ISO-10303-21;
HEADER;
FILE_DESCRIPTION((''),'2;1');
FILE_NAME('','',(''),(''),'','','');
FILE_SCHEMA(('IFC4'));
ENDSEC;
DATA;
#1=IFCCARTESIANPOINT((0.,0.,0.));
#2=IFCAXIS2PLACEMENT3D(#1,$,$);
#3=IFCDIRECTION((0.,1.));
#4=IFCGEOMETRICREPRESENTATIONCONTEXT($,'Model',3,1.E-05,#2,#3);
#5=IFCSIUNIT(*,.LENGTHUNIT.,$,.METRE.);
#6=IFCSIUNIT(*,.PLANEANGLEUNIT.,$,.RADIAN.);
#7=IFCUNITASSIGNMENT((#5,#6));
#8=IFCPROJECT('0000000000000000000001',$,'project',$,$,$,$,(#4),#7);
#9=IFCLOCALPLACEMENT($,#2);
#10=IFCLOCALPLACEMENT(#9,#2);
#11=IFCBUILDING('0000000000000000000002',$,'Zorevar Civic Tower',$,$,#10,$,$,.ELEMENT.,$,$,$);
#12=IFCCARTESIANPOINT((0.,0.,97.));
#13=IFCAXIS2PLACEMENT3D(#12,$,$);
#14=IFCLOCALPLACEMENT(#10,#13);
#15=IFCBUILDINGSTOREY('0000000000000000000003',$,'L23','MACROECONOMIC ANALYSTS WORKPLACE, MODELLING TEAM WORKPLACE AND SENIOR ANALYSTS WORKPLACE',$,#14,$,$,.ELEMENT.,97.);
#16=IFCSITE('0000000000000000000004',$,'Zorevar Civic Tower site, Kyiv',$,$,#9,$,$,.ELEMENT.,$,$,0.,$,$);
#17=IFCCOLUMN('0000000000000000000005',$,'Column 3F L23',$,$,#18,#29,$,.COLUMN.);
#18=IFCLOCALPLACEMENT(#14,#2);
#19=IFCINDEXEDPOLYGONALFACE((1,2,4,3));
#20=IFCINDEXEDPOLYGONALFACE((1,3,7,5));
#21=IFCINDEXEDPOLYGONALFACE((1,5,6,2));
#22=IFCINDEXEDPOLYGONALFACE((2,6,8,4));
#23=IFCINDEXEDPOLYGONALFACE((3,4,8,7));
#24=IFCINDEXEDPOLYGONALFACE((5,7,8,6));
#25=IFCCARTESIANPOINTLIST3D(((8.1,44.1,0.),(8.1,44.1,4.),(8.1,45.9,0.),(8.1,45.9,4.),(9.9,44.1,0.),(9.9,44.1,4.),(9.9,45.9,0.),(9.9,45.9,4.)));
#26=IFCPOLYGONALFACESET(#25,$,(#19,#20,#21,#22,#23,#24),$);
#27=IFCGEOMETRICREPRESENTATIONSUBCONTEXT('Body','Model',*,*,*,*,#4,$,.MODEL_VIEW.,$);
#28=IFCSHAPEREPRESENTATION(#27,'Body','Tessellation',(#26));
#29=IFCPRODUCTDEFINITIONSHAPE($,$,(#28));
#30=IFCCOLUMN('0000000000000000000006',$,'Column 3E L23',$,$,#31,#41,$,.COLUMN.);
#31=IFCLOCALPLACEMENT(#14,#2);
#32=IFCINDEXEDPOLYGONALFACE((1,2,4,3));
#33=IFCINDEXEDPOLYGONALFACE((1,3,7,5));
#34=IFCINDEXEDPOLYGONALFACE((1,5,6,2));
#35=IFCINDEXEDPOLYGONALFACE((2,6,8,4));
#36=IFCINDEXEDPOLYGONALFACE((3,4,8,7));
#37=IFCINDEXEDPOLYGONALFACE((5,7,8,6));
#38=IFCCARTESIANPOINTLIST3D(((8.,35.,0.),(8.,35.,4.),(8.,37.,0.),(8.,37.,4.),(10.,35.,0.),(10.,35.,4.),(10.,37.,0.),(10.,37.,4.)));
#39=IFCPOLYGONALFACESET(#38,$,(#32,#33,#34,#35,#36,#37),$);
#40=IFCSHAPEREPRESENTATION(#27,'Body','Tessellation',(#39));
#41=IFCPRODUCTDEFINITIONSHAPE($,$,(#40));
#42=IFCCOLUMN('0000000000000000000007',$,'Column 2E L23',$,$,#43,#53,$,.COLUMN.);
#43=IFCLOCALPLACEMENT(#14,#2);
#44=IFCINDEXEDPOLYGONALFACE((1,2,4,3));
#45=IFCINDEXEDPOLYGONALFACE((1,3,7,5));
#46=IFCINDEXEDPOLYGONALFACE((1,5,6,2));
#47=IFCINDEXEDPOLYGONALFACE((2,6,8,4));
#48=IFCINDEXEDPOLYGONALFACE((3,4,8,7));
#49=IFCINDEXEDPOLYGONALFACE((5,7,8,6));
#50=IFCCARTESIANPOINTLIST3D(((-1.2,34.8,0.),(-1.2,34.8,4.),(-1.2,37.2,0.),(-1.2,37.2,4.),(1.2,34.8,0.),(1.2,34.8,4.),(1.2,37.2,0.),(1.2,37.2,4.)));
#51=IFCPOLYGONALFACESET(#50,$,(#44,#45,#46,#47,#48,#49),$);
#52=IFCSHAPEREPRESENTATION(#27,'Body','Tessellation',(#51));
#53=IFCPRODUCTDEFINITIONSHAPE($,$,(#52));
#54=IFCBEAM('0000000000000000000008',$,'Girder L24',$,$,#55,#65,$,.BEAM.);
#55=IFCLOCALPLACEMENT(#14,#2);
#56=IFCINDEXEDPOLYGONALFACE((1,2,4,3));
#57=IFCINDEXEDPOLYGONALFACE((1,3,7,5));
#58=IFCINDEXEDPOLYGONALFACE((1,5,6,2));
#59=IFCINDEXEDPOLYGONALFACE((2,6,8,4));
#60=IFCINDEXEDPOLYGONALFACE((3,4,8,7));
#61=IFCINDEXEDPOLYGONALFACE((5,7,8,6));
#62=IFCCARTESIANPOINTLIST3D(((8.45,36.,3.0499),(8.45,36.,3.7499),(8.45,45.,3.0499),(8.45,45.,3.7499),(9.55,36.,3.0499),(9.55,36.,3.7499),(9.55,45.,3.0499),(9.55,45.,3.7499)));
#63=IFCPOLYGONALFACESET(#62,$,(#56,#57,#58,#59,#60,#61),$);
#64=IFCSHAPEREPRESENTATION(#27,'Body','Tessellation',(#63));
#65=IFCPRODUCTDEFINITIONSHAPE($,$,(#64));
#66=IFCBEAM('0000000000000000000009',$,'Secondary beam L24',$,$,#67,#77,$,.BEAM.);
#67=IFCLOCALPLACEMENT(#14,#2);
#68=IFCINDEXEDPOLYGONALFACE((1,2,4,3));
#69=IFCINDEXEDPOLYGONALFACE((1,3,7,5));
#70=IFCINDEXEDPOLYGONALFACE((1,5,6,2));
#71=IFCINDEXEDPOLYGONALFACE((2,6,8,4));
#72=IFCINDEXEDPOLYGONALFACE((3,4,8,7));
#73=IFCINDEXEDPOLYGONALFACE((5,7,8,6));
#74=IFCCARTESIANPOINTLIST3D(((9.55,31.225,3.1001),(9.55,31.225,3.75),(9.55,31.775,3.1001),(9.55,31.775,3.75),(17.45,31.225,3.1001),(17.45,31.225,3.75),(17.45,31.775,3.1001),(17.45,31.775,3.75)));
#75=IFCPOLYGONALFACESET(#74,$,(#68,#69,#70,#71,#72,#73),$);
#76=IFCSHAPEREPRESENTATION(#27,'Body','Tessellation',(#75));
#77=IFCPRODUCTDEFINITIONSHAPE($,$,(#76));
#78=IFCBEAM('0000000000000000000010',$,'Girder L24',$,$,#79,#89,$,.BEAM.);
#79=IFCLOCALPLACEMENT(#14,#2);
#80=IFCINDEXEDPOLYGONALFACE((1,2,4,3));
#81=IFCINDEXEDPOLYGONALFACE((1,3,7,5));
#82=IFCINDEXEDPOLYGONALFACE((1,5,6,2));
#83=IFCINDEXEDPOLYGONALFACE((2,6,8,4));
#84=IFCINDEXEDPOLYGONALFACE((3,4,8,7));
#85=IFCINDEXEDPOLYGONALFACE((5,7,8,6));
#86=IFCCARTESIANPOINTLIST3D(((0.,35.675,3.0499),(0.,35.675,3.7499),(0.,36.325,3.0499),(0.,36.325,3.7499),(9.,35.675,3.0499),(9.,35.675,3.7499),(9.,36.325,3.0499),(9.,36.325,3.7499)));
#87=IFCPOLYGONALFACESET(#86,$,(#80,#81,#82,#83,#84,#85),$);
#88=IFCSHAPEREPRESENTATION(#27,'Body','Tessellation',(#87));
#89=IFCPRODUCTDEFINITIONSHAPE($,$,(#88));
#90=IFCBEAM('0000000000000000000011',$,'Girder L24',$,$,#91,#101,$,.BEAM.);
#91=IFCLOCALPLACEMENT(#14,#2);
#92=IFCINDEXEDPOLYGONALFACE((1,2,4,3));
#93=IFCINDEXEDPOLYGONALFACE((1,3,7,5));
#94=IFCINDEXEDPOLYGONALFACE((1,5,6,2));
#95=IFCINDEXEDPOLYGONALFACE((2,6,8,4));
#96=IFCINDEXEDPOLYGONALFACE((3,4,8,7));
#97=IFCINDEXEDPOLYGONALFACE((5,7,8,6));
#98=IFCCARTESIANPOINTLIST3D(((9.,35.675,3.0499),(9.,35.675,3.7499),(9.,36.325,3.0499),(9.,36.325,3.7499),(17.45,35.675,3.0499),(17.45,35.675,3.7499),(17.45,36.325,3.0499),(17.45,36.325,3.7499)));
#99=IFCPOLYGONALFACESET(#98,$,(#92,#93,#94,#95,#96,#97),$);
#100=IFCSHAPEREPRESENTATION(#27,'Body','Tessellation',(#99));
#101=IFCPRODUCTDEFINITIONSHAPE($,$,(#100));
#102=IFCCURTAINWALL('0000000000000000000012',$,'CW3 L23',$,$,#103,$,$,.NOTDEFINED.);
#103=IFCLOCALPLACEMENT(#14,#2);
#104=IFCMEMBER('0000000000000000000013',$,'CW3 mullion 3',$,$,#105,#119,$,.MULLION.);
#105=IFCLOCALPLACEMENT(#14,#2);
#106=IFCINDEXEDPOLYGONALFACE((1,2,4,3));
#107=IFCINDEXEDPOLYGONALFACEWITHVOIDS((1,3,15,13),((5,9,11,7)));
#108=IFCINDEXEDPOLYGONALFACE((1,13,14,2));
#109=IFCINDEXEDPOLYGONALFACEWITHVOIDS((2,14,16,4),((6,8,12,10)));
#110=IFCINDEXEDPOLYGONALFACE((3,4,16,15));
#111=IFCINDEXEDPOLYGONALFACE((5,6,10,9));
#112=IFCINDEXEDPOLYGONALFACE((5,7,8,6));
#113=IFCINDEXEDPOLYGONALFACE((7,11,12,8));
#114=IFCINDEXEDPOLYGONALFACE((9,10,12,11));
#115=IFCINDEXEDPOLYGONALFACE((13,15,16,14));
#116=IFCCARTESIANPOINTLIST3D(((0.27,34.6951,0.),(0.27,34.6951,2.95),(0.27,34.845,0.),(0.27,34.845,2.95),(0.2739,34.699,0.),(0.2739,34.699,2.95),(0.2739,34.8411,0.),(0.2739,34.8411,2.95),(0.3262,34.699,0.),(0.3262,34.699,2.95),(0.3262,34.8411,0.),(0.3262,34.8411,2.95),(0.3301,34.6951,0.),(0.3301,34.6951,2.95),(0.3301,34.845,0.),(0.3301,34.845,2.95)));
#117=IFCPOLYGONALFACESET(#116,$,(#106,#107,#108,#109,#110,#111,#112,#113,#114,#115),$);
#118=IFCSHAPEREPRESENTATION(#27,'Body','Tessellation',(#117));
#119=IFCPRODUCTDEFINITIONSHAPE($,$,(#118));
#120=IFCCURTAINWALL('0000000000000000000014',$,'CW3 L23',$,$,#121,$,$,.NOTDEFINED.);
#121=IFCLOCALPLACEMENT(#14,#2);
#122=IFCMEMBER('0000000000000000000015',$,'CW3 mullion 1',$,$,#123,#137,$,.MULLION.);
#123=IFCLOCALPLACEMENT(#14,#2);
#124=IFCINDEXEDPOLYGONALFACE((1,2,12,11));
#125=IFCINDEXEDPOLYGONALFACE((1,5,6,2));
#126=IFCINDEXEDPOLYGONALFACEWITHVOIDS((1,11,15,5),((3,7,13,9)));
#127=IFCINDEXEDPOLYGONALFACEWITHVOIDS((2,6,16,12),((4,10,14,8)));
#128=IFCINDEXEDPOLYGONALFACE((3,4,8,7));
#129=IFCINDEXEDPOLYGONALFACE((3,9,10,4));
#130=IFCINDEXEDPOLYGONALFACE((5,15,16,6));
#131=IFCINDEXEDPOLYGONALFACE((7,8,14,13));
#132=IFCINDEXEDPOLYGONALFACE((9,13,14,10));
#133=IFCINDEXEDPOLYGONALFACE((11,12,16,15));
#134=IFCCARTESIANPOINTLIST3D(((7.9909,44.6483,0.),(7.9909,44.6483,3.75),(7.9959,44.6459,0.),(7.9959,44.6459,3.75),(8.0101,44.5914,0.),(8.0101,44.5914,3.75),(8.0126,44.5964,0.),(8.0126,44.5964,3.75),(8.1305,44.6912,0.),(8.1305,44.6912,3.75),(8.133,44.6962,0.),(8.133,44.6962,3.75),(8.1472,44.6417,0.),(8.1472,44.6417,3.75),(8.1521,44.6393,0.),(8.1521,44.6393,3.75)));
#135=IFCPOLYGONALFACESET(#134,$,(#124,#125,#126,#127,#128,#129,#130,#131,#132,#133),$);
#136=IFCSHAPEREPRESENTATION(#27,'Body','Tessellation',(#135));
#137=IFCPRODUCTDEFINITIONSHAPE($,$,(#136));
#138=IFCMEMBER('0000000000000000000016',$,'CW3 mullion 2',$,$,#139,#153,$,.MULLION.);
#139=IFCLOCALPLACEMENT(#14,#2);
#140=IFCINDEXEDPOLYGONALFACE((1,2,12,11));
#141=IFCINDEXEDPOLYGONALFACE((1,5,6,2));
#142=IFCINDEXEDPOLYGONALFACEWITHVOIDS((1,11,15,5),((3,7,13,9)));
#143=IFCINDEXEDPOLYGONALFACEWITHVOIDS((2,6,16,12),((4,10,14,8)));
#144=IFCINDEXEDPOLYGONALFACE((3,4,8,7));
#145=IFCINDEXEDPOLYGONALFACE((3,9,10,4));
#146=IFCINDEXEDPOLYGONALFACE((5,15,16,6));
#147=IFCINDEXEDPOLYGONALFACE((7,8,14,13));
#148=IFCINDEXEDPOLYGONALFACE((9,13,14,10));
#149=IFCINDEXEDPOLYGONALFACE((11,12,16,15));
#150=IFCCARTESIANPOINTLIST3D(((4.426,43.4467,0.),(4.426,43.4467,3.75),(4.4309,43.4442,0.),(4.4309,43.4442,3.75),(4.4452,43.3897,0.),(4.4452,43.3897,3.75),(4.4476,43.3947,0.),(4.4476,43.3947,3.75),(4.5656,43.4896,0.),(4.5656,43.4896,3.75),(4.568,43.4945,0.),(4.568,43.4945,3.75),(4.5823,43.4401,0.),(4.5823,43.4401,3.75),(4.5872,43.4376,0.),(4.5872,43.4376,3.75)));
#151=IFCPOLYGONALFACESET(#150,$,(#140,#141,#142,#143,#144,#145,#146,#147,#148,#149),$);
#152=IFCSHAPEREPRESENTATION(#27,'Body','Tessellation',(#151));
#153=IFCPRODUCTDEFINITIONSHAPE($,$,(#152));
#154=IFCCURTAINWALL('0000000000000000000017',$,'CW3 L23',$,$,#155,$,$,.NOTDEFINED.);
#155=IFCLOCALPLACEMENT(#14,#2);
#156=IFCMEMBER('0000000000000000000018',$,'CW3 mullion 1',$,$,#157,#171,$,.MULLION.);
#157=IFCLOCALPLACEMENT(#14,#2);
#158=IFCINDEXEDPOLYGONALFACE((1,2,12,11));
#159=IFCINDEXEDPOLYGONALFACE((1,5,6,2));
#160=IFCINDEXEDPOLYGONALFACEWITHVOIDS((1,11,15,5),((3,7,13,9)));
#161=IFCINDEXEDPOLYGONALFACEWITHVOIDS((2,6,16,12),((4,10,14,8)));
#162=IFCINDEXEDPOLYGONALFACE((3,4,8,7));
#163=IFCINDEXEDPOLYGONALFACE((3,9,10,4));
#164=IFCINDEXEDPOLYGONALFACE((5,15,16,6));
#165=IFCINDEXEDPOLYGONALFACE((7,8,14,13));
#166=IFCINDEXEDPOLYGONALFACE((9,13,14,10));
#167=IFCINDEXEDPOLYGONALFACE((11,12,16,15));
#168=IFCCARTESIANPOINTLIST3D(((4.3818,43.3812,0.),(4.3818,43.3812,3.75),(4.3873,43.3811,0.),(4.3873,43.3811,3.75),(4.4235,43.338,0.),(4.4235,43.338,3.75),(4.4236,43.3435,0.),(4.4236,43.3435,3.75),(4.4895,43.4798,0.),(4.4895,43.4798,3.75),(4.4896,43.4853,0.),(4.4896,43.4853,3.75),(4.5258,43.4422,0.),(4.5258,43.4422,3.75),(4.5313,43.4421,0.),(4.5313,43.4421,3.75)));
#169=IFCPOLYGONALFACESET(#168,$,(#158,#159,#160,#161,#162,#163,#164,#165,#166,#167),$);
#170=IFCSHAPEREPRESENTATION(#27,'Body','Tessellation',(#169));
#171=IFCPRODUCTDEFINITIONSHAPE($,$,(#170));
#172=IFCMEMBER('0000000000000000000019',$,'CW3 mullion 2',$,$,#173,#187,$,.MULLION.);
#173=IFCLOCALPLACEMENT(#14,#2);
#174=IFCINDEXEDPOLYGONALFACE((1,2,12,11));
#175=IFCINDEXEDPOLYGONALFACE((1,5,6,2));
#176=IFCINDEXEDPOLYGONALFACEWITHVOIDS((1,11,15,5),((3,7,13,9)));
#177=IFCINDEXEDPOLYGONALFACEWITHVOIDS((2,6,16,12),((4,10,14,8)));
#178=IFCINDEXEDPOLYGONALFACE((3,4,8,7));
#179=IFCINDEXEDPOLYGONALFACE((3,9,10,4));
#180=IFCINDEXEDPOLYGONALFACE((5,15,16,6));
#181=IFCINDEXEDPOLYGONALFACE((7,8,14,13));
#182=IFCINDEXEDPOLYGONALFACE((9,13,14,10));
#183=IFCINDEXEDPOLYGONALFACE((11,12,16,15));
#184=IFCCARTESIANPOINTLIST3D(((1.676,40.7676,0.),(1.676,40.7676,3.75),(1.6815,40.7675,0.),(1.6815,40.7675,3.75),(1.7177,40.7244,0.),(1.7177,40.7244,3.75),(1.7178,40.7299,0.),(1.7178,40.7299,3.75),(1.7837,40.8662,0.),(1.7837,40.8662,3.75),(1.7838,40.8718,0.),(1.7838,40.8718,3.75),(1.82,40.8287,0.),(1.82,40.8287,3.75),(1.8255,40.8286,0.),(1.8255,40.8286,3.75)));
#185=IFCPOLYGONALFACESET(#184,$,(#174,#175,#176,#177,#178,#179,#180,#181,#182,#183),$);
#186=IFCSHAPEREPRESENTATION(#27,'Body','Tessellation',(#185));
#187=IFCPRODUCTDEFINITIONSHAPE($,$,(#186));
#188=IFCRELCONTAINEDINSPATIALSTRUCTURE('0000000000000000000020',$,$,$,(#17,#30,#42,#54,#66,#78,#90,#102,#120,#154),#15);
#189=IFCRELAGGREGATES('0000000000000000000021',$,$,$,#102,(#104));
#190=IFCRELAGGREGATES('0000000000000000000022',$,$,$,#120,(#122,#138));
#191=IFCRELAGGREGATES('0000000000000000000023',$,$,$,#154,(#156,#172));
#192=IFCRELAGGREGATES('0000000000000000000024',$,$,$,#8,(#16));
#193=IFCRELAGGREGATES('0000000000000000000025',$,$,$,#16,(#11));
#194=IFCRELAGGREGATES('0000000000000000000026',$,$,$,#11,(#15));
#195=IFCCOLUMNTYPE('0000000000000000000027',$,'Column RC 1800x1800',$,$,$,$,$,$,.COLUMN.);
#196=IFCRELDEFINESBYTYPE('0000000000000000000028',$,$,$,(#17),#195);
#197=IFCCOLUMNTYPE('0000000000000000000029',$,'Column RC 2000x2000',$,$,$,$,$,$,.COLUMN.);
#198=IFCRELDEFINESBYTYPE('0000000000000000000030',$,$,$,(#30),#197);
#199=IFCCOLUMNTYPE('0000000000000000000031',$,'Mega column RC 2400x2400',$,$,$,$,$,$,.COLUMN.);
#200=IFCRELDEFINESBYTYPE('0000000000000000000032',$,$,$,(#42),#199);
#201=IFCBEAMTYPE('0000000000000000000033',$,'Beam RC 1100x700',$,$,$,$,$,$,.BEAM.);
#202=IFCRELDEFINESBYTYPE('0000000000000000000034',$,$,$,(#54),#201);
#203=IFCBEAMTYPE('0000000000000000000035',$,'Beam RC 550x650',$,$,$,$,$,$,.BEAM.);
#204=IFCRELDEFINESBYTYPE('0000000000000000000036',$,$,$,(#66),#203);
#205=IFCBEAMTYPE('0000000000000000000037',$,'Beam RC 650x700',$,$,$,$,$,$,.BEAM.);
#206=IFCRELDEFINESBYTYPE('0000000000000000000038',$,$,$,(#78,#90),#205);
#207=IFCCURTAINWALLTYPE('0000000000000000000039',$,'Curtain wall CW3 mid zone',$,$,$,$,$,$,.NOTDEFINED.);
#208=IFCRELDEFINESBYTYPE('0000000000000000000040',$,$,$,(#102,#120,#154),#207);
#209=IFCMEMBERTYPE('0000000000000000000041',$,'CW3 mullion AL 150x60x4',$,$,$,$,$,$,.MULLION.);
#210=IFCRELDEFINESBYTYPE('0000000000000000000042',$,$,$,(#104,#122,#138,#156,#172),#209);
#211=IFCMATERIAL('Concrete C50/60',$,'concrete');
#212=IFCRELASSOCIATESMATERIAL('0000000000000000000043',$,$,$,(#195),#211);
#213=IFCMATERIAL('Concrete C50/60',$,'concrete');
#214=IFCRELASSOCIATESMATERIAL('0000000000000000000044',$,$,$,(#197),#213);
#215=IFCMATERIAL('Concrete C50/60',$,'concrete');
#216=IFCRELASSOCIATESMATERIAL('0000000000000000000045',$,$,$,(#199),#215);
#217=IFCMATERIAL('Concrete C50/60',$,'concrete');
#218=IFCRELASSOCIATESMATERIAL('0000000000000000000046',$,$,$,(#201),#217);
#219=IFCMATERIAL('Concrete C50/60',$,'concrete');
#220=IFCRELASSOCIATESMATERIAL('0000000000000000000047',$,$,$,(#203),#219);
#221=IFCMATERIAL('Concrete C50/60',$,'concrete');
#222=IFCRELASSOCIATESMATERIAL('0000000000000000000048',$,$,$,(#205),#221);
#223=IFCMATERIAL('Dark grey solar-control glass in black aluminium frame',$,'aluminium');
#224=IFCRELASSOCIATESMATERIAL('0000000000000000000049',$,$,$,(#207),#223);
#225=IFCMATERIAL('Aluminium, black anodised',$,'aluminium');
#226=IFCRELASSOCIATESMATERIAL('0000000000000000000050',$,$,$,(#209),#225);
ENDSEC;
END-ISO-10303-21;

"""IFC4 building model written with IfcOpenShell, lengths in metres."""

from ifc_helpers import new_model, si_unit, direction, frame, origin, origin_2d, place, context, subcontext, project, spatial, rectangle, hollow_rectangle, extrude, material, material_profile, profile_set, type_object, element, aggregate, save


model = new_model("IFC4")

# Units and contexts
model_context = context("Model", 3, precision=1e-05, world=origin(), true_north=direction((0.0, 1.0)))
body_context = subcontext(model_context, "Body", "Model", "MODEL_VIEW")
ifc_project = project(units=[si_unit("LENGTHUNIT", "METRE"), si_unit("PLANEANGLEUNIT", "RADIAN")], contexts=[model_context])

# Site, building, storey
site_placement = place(None, origin())
site = spatial("IfcSite", under=ifc_project, at=site_placement, Name="Zorevar Civic Tower site, Kyiv", CompositionType="ELEMENT", RefElevation=0.0)
building_placement = place(site_placement, origin())
building = spatial("IfcBuilding", under=site, at=building_placement, Name="Zorevar Civic Tower", CompositionType="ELEMENT")
storey_placement = place(building_placement, frame((0.0, 0.0, 97.0)))
storey = spatial("IfcBuildingStorey", under=building, at=storey_placement, Name="L23", Description="MACROECONOMIC ANALYSTS WORKPLACE, MODELLING TEAM WORKPLACE AND SENIOR ANALYSTS WORKPLACE", CompositionType="ELEMENT", Elevation=97.0)

# Columns
ifc_material_1 = material(Name="Concrete C50/60", Category="concrete")
ifc_material_profile_1 = material_profile(ifc_material_1, rectangle(XDim=1.8, YDim=1.8, at=origin_2d()), Name="RC 1800x1800")
ifc_profile_set_1 = profile_set([ifc_material_profile_1], Name="Concrete C50/60")
column_type_1 = type_object("IfcColumnType", Name="Column RC 1800x1800", PredefinedType="COLUMN", material=ifc_profile_set_1)
column_1_placement = place(storey_placement, frame((9.0, 45.0, 0.0), z_axis=(0.0, 0.0, 1.0), x_axis=(1.0, 0.0, 0.0)))
element("IfcColumn", 1, at=column_1_placement, inside=storey, type_object=column_type_1, Name="Column 3F L23", PredefinedType="COLUMN", context=body_context, shape_type="SweptSolid", body=[
    extrude(rectangle(XDim=1.8, YDim=1.8, at=origin_2d()), origin(), (0.0, 0.0, 1.0), 4.0),
])
ifc_material_2 = material(Name="Concrete C50/60", Category="concrete")
ifc_material_profile_2 = material_profile(ifc_material_2, rectangle(XDim=2.0, YDim=2.0, at=origin_2d()), Name="RC 2000x2000")
ifc_profile_set_2 = profile_set([ifc_material_profile_2], Name="Concrete C50/60")
column_type_2 = type_object("IfcColumnType", Name="Column RC 2000x2000", PredefinedType="COLUMN", material=ifc_profile_set_2)
column_2_placement = place(storey_placement, frame((9.0, 36.0, 0.0), z_axis=(0.0, 0.0, 1.0), x_axis=(1.0, 0.0, 0.0)))
element("IfcColumn", 2, at=column_2_placement, inside=storey, type_object=column_type_2, Name="Column 3E L23", PredefinedType="COLUMN", context=body_context, shape_type="SweptSolid", body=[
    extrude(rectangle(XDim=2.0, YDim=2.0, at=origin_2d()), origin(), (0.0, 0.0, 1.0), 4.0),
])
ifc_material_3 = material(Name="Concrete C50/60", Category="concrete")
ifc_material_profile_3 = material_profile(ifc_material_3, rectangle(XDim=2.3999, YDim=2.3999, at=origin_2d()), Name="RC 2400x2400")
ifc_profile_set_3 = profile_set([ifc_material_profile_3], Name="Concrete C50/60")
column_type_3 = type_object("IfcColumnType", Name="Mega column RC 2400x2400", PredefinedType="COLUMN", material=ifc_profile_set_3)
column_3_placement = place(storey_placement, frame((0.0, 36.0, 0.0), z_axis=(0.0, 0.0, 1.0), x_axis=(1.0, 0.0, 0.0)))
element("IfcColumn", 3, at=column_3_placement, inside=storey, type_object=column_type_3, Name="Column 2E L23", PredefinedType="COLUMN", context=body_context, shape_type="SweptSolid", body=[
    extrude(rectangle(XDim=2.3999, YDim=2.3999, at=origin_2d()), origin(), (0.0, 0.0, 1.0), 4.0),
])

# Beams
ifc_material_4 = material(Name="Concrete C50/60", Category="concrete")
ifc_material_profile_4 = material_profile(ifc_material_4, rectangle(XDim=1.1001, YDim=0.7, at=origin_2d()), Name="RC 1100x700")
ifc_profile_set_4 = profile_set([ifc_material_profile_4], Name="Concrete C50/60")
beam_type_1 = type_object("IfcBeamType", Name="Beam RC 1100x700", PredefinedType="BEAM", material=ifc_profile_set_4)
beam_1_placement = place(storey_placement, frame((9.0, 36.0, 3.3999), z_axis=(0.0, 1.0, 0.0), x_axis=(-1.0, 0.0, 0.0)))
element("IfcBeam", 4, at=beam_1_placement, inside=storey, type_object=beam_type_1, Name="Girder L24", PredefinedType="BEAM", context=body_context, shape_type="SweptSolid", body=[
    extrude(rectangle(XDim=1.1001, YDim=0.7, at=origin_2d()), origin(), (0.0, 0.0, 1.0), 9.0),
])
ifc_material_5 = material(Name="Concrete C50/60", Category="concrete")
ifc_material_profile_5 = material_profile(ifc_material_5, rectangle(XDim=0.55, YDim=0.6499, at=origin_2d()), Name="RC 550x650")
ifc_profile_set_5 = profile_set([ifc_material_profile_5], Name="Concrete C50/60")
beam_type_2 = type_object("IfcBeamType", Name="Beam RC 550x650", PredefinedType="BEAM", material=ifc_profile_set_5)
beam_2_placement = place(storey_placement, frame((9.55, 31.5, 3.425), z_axis=(1.0, 0.0, 0.0), x_axis=(0.0, 1.0, 0.0)))
element("IfcBeam", 5, at=beam_2_placement, inside=storey, type_object=beam_type_2, Name="Secondary beam L24", PredefinedType="BEAM", context=body_context, shape_type="SweptSolid", body=[
    extrude(rectangle(XDim=0.55, YDim=0.6499, at=origin_2d()), origin(), (0.0, 0.0, 1.0), 7.8999),
])
ifc_material_6 = material(Name="Concrete C50/60", Category="concrete")
ifc_material_profile_6 = material_profile(ifc_material_6, rectangle(XDim=0.6499, YDim=0.7, at=origin_2d()), Name="RC 650x700")
ifc_profile_set_6 = profile_set([ifc_material_profile_6], Name="Concrete C50/60")
beam_type_3 = type_object("IfcBeamType", Name="Beam RC 650x700", PredefinedType="BEAM", material=ifc_profile_set_6)
beam_3_placement = place(storey_placement, frame((0.0, 36.0, 3.3999), z_axis=(1.0, 0.0, 0.0), x_axis=(0.0, 1.0, 0.0)))
element("IfcBeam", 6, at=beam_3_placement, inside=storey, type_object=beam_type_3, Name="Girder L24", PredefinedType="BEAM", context=body_context, shape_type="SweptSolid", body=[
    extrude(rectangle(XDim=0.6499, YDim=0.7, at=origin_2d()), origin(), (0.0, 0.0, 1.0), 9.0),
])
beam_4_placement = place(storey_placement, frame((9.0, 36.0, 3.3999), z_axis=(1.0, 0.0, 0.0), x_axis=(0.0, 1.0, 0.0)))
element("IfcBeam", 7, at=beam_4_placement, inside=storey, type_object=beam_type_3, Name="Girder L24", PredefinedType="BEAM", context=body_context, shape_type="SweptSolid", body=[
    extrude(rectangle(XDim=0.6499, YDim=0.7, at=origin_2d()), origin(), (0.0, 0.0, 1.0), 8.45),
])

# Curtain wall, member
ifc_material_7 = material(Name="Dark grey solar-control glass in black aluminium frame", Category="aluminium")
curtain_wall_type = type_object("IfcCurtainWallType", Name="Curtain wall CW3 mid zone", PredefinedType="NOTDEFINED", material=ifc_material_7)
curtain_wall_1_placement = place(storey_placement, origin())
curtain_wall_1 = element("IfcCurtainWall", 8, at=curtain_wall_1_placement, inside=storey, type_object=curtain_wall_type, Name="CW3 L23", PredefinedType="NOTDEFINED")
ifc_material_8 = material(Name="Aluminium, black anodised", Category="aluminium")
ifc_material_profile_7 = material_profile(ifc_material_8, hollow_rectangle(XDim=0.0601, YDim=0.1499, WallThickness=0.0039, at=origin_2d()), Name="AL 150x60x4")
ifc_profile_set_7 = profile_set([ifc_material_profile_7], Name="Aluminium, black anodised")
member_type_1 = type_object("IfcMemberType", Name="CW3 mullion AL 150x60x4", PredefinedType="MULLION", material=ifc_profile_set_7)
member_1_placement = place(storey_placement, frame((0.3, 34.77, 0.0), z_axis=(0.0, 0.0, 1.0), x_axis=(-1.0, 0.0, 0.0)))
member_1 = element("IfcMember", 9, at=member_1_placement, type_object=member_type_1, Name="CW3 mullion 3", PredefinedType="MULLION", context=body_context, shape_type="SweptSolid", body=[
    extrude(hollow_rectangle(XDim=0.0601, YDim=0.1499, WallThickness=0.0039, at=origin_2d()), origin(), (0.0, 0.0, 1.0), 2.95),
])

# Curtain walls, members
curtain_wall_2_placement = place(storey_placement, origin())
curtain_wall_2 = element("IfcCurtainWall", 10, at=curtain_wall_2_placement, inside=storey, type_object=curtain_wall_type, Name="CW3 L23", PredefinedType="NOTDEFINED")
member_2_placement = place(storey_placement, frame((8.0715, 44.6438, 0.0), z_axis=(0.0, 0.0, 1.0), x_axis=(0.319413, -0.947616, 0.0)))
member_2 = element("IfcMember", 11, at=member_2_placement, type_object=member_type_1, Name="CW3 mullion 1", PredefinedType="MULLION", context=body_context, shape_type="SweptSolid", body=[
    extrude(hollow_rectangle(XDim=0.0601, YDim=0.1499, WallThickness=0.0039, at=origin_2d()), origin(), (0.0, 0.0, 1.0), 3.75),
])
member_3_placement = place(storey_placement, frame((4.5066, 43.4421, 0.0), z_axis=(0.0, 0.0, 1.0), x_axis=(0.319413, -0.947616, 0.0)))
member_3 = element("IfcMember", 12, at=member_3_placement, type_object=member_type_1, Name="CW3 mullion 2", PredefinedType="MULLION", context=body_context, shape_type="SweptSolid", body=[
    extrude(hollow_rectangle(XDim=0.0601, YDim=0.1499, WallThickness=0.0039, at=origin_2d()), origin(), (0.0, 0.0, 1.0), 3.75),
])
curtain_wall_3_placement = place(storey_placement, origin())
curtain_wall_3 = element("IfcCurtainWall", 13, at=curtain_wall_3_placement, inside=storey, type_object=curtain_wall_type, Name="CW3 L23", PredefinedType="NOTDEFINED")
member_4_placement = place(storey_placement, frame((4.4565, 43.4116, 0.0), z_axis=(0.0, 0.0, 1.0), x_axis=(0.694719, -0.719281, 0.0)))
member_4 = element("IfcMember", 14, at=member_4_placement, type_object=member_type_1, Name="CW3 mullion 1", PredefinedType="MULLION", context=body_context, shape_type="SweptSolid", body=[
    extrude(hollow_rectangle(XDim=0.0601, YDim=0.1499, WallThickness=0.0039, at=origin_2d()), origin(), (0.0, 0.0, 1.0), 3.75),
])
member_5_placement = place(storey_placement, frame((1.7507, 40.7981, 0.0), z_axis=(0.0, 0.0, 1.0), x_axis=(0.694719, -0.719281, 0.0)))
member_5 = element("IfcMember", 15, at=member_5_placement, type_object=member_type_1, Name="CW3 mullion 2", PredefinedType="MULLION", context=body_context, shape_type="SweptSolid", body=[
    extrude(hollow_rectangle(XDim=0.0601, YDim=0.1499, WallThickness=0.0039, at=origin_2d()), origin(), (0.0, 0.0, 1.0), 3.75),
])

aggregate(curtain_wall_1, [member_1])
aggregate(curtain_wall_2, [member_2, member_3])
aggregate(curtain_wall_3, [member_4, member_5])

save(model, "model.ifc")
